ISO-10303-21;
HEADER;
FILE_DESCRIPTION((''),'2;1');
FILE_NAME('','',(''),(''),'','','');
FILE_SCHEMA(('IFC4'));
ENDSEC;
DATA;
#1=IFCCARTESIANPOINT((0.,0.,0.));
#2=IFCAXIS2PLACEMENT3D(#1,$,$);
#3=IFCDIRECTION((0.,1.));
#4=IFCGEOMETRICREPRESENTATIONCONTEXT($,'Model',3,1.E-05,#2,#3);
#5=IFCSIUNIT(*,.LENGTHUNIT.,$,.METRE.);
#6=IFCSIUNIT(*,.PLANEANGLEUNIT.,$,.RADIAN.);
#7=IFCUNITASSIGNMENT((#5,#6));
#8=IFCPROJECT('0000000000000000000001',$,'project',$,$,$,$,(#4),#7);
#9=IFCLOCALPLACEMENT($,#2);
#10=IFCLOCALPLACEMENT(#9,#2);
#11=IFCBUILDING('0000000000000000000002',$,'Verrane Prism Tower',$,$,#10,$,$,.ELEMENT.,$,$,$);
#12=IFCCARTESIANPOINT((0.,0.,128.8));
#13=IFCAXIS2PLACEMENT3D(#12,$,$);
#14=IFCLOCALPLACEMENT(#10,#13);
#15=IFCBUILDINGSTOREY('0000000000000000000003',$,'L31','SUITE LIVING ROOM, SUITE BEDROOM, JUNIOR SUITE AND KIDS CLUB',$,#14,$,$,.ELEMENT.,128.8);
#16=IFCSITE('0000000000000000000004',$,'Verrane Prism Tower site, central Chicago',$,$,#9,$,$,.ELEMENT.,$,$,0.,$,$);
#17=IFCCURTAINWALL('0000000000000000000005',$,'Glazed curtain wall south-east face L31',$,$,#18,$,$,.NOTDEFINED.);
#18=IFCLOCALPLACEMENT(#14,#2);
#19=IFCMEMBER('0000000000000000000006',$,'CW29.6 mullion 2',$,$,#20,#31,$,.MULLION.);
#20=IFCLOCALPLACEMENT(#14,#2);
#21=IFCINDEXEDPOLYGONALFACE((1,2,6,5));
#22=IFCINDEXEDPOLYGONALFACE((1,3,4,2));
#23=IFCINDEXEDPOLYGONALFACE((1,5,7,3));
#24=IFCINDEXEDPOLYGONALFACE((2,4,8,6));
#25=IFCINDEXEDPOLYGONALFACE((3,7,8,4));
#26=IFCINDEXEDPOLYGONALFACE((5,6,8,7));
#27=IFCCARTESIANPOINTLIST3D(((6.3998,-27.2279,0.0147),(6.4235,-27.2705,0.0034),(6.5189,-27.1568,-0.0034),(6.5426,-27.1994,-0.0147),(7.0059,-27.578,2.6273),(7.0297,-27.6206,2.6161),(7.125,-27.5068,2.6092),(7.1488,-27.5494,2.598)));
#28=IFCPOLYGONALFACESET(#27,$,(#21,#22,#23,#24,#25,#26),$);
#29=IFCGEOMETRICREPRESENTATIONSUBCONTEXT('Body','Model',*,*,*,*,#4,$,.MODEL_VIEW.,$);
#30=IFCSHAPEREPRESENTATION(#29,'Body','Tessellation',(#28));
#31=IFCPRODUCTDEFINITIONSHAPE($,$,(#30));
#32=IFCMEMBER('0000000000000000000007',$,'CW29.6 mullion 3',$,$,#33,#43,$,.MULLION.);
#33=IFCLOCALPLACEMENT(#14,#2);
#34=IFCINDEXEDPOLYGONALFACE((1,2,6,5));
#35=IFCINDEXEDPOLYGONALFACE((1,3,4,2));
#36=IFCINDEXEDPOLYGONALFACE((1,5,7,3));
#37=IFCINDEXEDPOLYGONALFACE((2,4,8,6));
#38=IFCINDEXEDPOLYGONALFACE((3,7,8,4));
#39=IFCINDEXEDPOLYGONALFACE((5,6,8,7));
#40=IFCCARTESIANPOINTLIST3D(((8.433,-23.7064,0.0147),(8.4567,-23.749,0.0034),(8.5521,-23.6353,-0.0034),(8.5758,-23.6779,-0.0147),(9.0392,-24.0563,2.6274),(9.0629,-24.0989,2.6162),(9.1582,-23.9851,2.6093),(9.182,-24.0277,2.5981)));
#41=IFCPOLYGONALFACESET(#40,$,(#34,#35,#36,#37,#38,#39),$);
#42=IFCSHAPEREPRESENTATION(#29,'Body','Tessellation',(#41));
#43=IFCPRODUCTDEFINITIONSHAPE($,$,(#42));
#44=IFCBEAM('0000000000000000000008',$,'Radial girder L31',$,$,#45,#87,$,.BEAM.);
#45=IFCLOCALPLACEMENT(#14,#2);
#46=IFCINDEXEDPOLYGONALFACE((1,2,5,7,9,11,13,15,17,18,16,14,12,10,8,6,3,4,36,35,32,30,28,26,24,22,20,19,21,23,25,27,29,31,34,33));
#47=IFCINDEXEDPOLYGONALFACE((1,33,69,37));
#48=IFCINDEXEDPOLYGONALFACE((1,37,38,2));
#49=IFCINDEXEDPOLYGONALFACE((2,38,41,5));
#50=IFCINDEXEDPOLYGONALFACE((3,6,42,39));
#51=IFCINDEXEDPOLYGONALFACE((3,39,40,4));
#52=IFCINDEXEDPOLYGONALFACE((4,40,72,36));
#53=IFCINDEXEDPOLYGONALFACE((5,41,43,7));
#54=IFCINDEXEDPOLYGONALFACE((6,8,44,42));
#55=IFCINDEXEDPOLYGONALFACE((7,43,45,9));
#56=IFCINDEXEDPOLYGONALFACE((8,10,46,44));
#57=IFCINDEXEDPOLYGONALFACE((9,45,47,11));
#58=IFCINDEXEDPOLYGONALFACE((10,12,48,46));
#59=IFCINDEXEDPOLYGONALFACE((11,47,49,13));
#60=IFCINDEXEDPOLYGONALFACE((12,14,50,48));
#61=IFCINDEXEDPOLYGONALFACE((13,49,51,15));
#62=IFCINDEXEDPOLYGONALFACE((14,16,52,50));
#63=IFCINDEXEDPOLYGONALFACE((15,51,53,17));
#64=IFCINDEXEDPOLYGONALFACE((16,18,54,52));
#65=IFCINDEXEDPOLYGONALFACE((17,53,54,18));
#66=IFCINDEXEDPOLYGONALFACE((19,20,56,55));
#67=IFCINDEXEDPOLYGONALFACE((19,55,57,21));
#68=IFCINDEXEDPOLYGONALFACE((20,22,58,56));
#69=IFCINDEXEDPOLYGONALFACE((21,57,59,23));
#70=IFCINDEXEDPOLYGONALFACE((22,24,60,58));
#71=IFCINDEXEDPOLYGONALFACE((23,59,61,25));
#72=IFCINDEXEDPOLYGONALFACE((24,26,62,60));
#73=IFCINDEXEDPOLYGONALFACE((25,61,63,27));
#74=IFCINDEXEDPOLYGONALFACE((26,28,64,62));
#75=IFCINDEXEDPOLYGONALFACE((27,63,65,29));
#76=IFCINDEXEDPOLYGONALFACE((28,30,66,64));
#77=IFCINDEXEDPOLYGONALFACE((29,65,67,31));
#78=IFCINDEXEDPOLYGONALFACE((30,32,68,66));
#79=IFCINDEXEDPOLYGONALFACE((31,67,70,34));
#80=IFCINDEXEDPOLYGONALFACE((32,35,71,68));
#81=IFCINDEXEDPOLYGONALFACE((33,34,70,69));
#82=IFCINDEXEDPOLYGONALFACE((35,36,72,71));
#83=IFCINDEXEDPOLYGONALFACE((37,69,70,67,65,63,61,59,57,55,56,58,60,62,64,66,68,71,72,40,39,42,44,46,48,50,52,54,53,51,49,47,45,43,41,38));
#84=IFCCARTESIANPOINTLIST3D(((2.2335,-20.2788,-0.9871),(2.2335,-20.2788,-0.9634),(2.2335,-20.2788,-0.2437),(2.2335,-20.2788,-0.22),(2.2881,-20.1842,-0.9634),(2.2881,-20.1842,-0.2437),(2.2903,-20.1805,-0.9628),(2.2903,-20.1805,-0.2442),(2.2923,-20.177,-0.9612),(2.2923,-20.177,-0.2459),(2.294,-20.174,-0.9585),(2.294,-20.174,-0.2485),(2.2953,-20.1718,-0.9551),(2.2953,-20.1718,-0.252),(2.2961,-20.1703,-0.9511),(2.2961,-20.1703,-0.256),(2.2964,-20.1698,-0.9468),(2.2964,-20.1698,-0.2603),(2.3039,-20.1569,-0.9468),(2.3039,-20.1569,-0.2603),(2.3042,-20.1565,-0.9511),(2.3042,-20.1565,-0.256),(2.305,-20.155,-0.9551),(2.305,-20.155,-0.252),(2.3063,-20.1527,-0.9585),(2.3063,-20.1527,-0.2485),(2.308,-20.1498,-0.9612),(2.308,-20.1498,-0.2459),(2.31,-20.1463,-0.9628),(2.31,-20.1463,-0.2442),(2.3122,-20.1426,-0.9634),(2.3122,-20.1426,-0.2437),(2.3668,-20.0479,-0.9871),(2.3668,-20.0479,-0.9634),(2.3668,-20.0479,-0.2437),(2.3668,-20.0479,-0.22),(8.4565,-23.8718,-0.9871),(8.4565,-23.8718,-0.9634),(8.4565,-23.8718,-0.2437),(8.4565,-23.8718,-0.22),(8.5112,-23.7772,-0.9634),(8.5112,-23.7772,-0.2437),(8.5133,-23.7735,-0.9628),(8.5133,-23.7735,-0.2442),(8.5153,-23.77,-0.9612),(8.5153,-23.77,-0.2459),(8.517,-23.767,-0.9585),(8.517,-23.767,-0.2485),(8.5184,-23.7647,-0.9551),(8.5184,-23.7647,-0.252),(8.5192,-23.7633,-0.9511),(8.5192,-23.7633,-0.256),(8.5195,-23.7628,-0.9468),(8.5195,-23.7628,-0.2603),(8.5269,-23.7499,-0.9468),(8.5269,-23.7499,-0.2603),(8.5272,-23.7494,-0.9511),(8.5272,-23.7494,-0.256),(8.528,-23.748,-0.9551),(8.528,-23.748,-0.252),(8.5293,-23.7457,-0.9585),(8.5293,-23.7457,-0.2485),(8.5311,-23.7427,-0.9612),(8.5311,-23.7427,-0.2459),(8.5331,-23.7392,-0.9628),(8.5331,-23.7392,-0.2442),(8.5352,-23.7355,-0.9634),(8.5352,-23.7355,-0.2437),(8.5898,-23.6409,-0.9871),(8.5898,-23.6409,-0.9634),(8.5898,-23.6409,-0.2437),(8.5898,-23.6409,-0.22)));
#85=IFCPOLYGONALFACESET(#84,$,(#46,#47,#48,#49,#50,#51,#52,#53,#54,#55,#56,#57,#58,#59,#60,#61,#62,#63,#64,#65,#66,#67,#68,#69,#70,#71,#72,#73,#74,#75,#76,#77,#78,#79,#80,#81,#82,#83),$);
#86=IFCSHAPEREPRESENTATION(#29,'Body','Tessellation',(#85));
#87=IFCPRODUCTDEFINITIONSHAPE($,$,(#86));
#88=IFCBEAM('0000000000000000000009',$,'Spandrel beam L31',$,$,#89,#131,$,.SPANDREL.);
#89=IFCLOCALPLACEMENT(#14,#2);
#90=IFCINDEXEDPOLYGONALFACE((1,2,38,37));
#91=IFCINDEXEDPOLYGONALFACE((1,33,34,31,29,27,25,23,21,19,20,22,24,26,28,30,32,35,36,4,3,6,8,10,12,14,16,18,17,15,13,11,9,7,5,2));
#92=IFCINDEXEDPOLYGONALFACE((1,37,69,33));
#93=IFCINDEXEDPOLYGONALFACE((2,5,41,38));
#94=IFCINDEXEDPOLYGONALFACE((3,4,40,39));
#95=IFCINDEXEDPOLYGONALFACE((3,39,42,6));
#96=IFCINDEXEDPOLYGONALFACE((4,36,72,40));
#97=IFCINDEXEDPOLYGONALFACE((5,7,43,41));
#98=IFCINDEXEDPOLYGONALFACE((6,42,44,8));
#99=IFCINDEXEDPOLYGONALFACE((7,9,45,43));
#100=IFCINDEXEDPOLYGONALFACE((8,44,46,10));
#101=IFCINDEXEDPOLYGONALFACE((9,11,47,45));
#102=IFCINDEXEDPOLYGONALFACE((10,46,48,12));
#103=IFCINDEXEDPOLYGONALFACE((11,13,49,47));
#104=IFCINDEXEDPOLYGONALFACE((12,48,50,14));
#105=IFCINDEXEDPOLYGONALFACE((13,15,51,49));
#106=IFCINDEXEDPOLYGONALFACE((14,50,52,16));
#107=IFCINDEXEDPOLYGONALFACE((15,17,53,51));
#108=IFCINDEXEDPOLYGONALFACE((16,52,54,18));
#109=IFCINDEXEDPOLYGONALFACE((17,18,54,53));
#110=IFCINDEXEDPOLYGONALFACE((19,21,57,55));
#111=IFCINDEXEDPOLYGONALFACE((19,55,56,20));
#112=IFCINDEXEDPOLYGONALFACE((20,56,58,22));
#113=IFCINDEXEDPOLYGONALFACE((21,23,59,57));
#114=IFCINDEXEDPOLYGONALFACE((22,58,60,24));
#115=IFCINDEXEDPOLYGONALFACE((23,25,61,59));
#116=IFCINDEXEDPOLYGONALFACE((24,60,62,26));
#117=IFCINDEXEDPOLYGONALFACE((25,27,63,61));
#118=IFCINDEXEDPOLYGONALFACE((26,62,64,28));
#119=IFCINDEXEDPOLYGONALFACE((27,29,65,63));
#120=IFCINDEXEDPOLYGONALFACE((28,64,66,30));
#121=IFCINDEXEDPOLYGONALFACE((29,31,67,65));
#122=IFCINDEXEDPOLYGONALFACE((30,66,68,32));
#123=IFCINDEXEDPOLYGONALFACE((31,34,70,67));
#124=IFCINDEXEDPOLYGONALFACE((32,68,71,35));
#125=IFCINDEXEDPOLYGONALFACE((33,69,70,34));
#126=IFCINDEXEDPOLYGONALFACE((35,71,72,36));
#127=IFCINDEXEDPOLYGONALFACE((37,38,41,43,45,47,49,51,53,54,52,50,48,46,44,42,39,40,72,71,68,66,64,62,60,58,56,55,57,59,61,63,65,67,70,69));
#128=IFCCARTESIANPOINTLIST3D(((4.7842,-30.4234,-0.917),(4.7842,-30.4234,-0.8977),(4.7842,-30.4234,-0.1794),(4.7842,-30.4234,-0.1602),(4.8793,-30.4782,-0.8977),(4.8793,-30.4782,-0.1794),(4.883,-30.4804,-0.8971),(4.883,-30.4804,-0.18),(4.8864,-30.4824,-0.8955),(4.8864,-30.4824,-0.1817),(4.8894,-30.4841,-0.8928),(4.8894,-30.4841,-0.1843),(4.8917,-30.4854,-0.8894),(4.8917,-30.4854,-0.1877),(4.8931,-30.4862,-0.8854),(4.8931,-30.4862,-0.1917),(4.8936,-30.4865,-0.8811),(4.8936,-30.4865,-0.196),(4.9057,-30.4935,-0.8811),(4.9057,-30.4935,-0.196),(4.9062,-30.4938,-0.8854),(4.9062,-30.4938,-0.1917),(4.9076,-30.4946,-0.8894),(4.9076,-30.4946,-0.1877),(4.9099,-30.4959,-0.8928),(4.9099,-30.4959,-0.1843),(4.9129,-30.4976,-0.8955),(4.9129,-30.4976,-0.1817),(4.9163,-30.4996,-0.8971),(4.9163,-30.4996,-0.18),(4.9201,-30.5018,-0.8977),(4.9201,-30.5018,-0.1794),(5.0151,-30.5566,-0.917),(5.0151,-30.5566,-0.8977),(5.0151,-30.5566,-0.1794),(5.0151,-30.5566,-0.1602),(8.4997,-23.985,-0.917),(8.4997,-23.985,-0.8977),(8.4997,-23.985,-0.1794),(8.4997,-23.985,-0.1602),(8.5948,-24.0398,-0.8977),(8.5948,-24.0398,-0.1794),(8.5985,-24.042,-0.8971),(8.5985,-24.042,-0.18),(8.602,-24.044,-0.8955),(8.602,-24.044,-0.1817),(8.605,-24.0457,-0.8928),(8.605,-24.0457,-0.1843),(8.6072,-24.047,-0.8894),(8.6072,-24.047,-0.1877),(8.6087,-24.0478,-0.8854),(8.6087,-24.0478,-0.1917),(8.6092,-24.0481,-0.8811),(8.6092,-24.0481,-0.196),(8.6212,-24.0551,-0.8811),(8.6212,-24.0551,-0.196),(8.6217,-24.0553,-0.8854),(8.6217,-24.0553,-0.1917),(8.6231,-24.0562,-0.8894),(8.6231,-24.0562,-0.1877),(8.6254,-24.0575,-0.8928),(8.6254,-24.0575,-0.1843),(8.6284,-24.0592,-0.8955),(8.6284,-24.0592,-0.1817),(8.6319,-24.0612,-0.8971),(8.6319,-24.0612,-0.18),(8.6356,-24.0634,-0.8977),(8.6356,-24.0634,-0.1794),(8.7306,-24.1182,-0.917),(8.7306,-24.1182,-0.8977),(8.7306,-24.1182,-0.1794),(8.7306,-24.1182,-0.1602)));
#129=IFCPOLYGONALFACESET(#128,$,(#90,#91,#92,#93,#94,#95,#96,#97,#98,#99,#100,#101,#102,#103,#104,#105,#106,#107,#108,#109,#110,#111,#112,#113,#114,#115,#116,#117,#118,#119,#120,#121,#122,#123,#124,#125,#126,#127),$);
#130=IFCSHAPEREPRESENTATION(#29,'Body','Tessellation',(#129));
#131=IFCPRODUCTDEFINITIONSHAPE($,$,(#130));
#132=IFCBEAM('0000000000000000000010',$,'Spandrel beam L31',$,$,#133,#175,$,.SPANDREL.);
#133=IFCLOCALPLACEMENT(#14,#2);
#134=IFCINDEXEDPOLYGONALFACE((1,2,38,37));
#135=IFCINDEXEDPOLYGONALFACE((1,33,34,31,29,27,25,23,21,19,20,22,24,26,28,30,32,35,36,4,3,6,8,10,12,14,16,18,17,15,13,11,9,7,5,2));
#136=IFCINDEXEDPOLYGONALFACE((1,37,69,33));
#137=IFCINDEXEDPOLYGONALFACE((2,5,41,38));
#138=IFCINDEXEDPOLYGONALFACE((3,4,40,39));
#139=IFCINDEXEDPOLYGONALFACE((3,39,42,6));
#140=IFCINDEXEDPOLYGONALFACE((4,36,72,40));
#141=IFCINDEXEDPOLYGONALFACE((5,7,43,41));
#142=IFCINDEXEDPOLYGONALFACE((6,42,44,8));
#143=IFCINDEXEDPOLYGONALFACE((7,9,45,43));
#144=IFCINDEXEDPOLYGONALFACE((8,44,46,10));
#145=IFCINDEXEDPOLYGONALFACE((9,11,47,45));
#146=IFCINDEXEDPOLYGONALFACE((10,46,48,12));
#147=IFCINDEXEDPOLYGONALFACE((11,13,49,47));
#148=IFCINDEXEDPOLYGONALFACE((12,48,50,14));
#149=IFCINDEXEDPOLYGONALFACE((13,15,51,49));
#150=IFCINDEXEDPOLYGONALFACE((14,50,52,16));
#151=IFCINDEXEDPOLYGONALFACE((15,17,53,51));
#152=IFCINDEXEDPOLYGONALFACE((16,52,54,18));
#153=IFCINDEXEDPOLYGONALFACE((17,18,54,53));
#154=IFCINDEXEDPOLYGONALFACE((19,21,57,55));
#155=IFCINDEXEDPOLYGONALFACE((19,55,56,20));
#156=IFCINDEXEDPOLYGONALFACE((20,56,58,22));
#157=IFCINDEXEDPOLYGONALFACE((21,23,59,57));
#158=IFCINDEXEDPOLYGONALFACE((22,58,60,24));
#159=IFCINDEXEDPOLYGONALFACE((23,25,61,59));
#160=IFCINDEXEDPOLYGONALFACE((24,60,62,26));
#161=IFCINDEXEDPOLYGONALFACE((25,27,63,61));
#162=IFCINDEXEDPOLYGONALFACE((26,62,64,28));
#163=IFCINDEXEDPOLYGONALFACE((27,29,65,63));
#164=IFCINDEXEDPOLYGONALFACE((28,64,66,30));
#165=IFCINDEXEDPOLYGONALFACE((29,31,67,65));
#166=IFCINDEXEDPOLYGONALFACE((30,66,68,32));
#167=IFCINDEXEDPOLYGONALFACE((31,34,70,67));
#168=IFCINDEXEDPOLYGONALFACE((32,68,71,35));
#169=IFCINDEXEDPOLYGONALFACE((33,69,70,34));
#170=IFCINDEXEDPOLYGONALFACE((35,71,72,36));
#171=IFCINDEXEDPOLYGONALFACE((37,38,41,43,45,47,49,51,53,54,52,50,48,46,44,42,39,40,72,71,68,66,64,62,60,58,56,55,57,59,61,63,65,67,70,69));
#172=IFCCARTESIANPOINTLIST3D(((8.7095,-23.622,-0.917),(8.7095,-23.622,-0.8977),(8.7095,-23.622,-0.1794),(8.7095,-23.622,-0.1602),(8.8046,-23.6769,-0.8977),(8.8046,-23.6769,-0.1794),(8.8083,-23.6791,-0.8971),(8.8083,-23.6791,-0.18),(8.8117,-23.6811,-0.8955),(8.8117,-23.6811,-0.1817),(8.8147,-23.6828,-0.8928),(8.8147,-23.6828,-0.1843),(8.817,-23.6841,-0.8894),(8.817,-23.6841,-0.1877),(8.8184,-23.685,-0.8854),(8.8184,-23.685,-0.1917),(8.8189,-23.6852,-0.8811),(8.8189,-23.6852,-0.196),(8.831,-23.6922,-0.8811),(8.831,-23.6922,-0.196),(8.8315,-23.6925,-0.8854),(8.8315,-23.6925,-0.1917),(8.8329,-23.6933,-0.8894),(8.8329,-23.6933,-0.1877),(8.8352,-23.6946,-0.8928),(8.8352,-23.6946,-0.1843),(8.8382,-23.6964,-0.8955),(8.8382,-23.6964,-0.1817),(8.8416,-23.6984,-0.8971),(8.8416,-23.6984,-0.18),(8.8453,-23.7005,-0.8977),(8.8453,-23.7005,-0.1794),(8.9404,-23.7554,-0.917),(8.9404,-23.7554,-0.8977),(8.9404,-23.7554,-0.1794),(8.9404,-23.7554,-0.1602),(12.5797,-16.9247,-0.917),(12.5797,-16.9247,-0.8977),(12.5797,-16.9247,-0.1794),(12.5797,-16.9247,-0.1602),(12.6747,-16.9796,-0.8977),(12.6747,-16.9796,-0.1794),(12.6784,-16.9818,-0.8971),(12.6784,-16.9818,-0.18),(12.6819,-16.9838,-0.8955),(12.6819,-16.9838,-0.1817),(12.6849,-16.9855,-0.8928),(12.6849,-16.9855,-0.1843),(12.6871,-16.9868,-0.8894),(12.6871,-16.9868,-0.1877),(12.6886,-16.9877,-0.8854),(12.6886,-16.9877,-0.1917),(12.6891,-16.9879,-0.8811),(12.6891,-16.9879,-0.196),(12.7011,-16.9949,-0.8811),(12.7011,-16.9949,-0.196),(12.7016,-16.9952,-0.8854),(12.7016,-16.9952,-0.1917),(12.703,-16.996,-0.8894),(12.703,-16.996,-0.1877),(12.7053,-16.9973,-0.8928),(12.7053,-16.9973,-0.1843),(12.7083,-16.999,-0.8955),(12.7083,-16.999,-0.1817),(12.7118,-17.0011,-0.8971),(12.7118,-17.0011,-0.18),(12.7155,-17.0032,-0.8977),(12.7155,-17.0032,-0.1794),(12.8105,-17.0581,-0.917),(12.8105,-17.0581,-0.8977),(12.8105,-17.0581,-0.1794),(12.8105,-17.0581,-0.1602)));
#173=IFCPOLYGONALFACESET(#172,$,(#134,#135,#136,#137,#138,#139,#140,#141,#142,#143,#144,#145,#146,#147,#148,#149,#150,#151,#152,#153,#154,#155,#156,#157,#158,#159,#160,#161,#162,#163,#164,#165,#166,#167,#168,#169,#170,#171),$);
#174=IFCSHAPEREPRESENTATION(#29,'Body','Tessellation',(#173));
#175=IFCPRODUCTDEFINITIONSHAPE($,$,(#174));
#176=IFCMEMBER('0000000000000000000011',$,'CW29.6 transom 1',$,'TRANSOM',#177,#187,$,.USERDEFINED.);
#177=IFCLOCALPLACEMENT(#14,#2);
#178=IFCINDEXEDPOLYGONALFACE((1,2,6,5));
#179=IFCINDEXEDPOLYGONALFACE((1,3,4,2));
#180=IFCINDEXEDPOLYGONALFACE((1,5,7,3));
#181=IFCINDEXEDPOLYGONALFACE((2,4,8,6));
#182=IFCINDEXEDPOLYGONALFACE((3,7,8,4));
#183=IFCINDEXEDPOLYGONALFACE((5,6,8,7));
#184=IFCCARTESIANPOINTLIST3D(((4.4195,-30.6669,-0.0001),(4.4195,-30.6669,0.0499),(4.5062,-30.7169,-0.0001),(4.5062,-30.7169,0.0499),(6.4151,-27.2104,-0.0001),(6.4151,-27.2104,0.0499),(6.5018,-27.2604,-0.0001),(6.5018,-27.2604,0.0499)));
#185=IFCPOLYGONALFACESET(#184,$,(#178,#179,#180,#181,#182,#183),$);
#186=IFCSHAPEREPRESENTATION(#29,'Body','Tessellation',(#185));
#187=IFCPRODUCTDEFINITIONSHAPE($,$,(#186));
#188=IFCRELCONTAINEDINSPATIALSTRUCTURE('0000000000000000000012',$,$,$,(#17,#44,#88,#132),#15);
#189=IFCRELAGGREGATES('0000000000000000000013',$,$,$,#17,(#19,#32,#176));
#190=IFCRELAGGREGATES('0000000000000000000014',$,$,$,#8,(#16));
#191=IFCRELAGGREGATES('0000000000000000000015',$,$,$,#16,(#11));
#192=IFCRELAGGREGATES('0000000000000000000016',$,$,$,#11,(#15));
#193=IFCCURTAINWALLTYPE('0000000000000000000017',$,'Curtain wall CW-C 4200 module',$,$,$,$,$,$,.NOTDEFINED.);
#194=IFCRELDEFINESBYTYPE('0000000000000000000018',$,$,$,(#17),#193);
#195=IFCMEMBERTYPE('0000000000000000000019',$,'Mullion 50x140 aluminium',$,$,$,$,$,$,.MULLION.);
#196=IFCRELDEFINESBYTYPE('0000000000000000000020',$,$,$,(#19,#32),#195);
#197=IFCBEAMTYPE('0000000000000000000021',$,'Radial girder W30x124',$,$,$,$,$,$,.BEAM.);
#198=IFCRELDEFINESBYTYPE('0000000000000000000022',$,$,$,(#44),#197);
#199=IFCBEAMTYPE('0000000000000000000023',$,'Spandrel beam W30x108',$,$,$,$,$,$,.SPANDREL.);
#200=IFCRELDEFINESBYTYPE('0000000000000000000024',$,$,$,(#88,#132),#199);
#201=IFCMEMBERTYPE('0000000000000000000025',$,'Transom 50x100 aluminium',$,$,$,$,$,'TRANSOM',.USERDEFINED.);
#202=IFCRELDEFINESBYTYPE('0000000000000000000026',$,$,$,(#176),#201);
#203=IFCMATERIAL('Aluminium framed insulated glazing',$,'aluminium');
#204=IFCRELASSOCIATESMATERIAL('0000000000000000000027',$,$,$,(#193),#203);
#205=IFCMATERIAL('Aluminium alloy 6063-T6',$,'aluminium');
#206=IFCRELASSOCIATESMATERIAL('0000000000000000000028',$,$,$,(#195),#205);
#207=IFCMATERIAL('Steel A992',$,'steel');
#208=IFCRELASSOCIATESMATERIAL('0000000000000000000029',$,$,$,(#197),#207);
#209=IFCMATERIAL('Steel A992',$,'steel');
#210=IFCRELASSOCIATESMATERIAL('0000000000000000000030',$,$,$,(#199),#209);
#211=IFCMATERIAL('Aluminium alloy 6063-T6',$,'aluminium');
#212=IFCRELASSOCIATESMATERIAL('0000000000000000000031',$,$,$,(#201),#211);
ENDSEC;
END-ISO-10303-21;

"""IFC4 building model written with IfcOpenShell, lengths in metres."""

from ifc_helpers import new_model, si_unit, direction, frame, origin, origin_2d, place, context, subcontext, project, spatial, rectangle, i_section, extrude, material, material_profile, profile_set, type_object, element, aggregate, save


model = new_model("IFC4")

# Units and contexts
model_context = context("Model", 3, precision=1e-05, world=origin(), true_north=direction((0.0, 1.0)))
body_context = subcontext(model_context, "Body", "Model", "MODEL_VIEW")
ifc_project = project(units=[si_unit("LENGTHUNIT", "METRE"), si_unit("PLANEANGLEUNIT", "RADIAN")], contexts=[model_context])

# Site, building, storey
site_placement = place(None, origin())
site = spatial("IfcSite", under=ifc_project, at=site_placement, Name="Verrane Prism Tower site, central Chicago", CompositionType="ELEMENT", RefElevation=0.0)
building_placement = place(site_placement, origin())
building = spatial("IfcBuilding", under=site, at=building_placement, Name="Verrane Prism Tower", CompositionType="ELEMENT")
storey_placement = place(building_placement, frame((0.0, 0.0, 128.8)))
storey = spatial("IfcBuildingStorey", under=building, at=storey_placement, Name="L31", Description="SUITE LIVING ROOM, SUITE BEDROOM, JUNIOR SUITE AND KIDS CLUB", CompositionType="ELEMENT", Elevation=128.8)

# Curtain wall, members
ifc_material_1 = material(Name="Aluminium framed insulated glazing", Category="aluminium")
curtain_wall_type = type_object("IfcCurtainWallType", Name="Curtain wall CW-C 4200 module", PredefinedType="NOTDEFINED", material=ifc_material_1)
curtain_wall_placement = place(storey_placement, origin())
curtain_wall = element("IfcCurtainWall", 1, at=curtain_wall_placement, inside=storey, type_object=curtain_wall_type, Name="Glazed curtain wall south-east face L31", PredefinedType="NOTDEFINED")
ifc_material_2 = material(Name="Aluminium alloy 6063-T6", Category="aluminium")
ifc_material_profile_1 = material_profile(ifc_material_2, rectangle(XDim=0.1399, YDim=0.05, at=origin_2d()), Name="Mullion 50x140 aluminium")
ifc_profile_set_1 = profile_set([ifc_material_profile_1], Name="Aluminium alloy 6063-T6")
member_type_1 = type_object("IfcMemberType", Name="Mullion 50x140 aluminium", PredefinedType="MULLION", material=ifc_profile_set_1)
member_1_placement = place(storey_placement, frame((6.4712, -27.2136, 0.0), z_axis=(0.224108, -0.129429, 0.965931), x_axis=(-0.851341, -0.508404, 0.129399)))
member_1 = element("IfcMember", 2, at=member_1_placement, type_object=member_type_1, Name="CW29.6 mullion 2", PredefinedType="MULLION", context=body_context, shape_type="SweptSolid", body=[
    extrude(rectangle(XDim=0.1399, YDim=0.05, at=origin_2d()), origin(), (0.0, 0.0, 1.0), 2.7048),
])
member_2_placement = place(storey_placement, frame((8.5044, -23.6921, 0.0), z_axis=(0.224111, -0.12934, 0.965943), x_axis=(-0.851192, -0.508658, 0.129378)))
member_2 = element("IfcMember", 3, at=member_2_placement, type_object=member_type_1, Name="CW29.6 mullion 3", PredefinedType="MULLION", context=body_context, shape_type="SweptSolid", body=[
    extrude(rectangle(XDim=0.1399, YDim=0.05, at=origin_2d()), origin(), (0.0, 0.0, 1.0), 2.7048),
])

# Beams
ifc_material_3 = material(Name="Steel A992", Category="steel")
ifc_material_profile_2 = material_profile(ifc_material_3, i_section(OverallWidth=0.2666, OverallDepth=0.7671, WebThickness=0.0149, FlangeThickness=0.0237, FilletRadius=0.0166, at=origin_2d()), Name="W30x124")
ifc_profile_set_2 = profile_set([ifc_material_profile_2], Name="Steel A992")
beam_type_1 = type_object("IfcBeamType", Name="Radial girder W30x124", PredefinedType="BEAM", material=ifc_profile_set_2)
beam_1_placement = place(storey_placement, frame((8.5232, -23.7563, -0.6035), z_axis=(-0.86602, 0.500009, 0.0), x_axis=(-0.500009, -0.86602, 0.0)))
element("IfcBeam", 4, at=beam_1_placement, inside=storey, type_object=beam_type_1, Name="Radial girder L31", PredefinedType="BEAM", context=body_context, shape_type="SweptSolid", body=[
    extrude(i_section(OverallWidth=0.2666, OverallDepth=0.7671, WebThickness=0.0149, FlangeThickness=0.0237, FilletRadius=0.0166, at=origin_2d()), origin(), (0.0, 0.0, 1.0), 7.1858),
])
ifc_material_4 = material(Name="Steel A992", Category="steel")
ifc_material_profile_3 = material_profile(ifc_material_4, i_section(OverallWidth=0.2666, OverallDepth=0.7568, WebThickness=0.0139, FlangeThickness=0.0193, FilletRadius=0.0166, at=origin_2d()), Name="W30x108")
ifc_profile_set_3 = profile_set([ifc_material_profile_3], Name="Steel A992")
beam_type_2 = type_object("IfcBeamType", Name="Spandrel beam W30x108", PredefinedType="SPANDREL", material=ifc_profile_set_3)
beam_2_placement = place(storey_placement, frame((4.8997, -30.49, -0.5386), z_axis=(0.49983, 0.866123, 0.0), x_axis=(-0.866123, 0.49983, 0.0)))
element("IfcBeam", 5, at=beam_2_placement, inside=storey, type_object=beam_type_2, Name="Spandrel beam L31", PredefinedType="SPANDREL", context=body_context, shape_type="SweptSolid", body=[
    extrude(i_section(OverallWidth=0.2666, OverallDepth=0.7568, WebThickness=0.0139, FlangeThickness=0.0193, FilletRadius=0.0166, at=origin_2d()), origin(), (0.0, 0.0, 1.0), 7.4336),
])
beam_3_placement = place(storey_placement, frame((8.825, -23.6887, -0.5386), z_axis=(0.500334, 0.865832, 0.0), x_axis=(-0.865832, 0.500334, 0.0)))
element("IfcBeam", 6, at=beam_3_placement, inside=storey, type_object=beam_type_2, Name="Spandrel beam L31", PredefinedType="SPANDREL", context=body_context, shape_type="SweptSolid", body=[
    extrude(i_section(OverallWidth=0.2666, OverallDepth=0.7568, WebThickness=0.0139, FlangeThickness=0.0193, FilletRadius=0.0166, at=origin_2d()), origin(), (0.0, 0.0, 1.0), 7.7351),
])

# Member
ifc_material_5 = material(Name="Aluminium alloy 6063-T6", Category="aluminium")
ifc_material_profile_4 = material_profile(ifc_material_5, rectangle(XDim=0.1001, YDim=0.05, at=origin_2d()), Name="Transom 50x100 aluminium")
ifc_profile_set_4 = profile_set([ifc_material_profile_4], Name="Aluminium alloy 6063-T6")
member_type_2 = type_object("IfcMemberType", Name="Transom 50x100 aluminium", ElementType="TRANSOM", PredefinedType="USERDEFINED", material=ifc_profile_set_4)
member_3_placement = place(storey_placement, frame((4.4629, -30.6919, 0.0249), z_axis=(0.499994, 0.866029, 0.0), x_axis=(-0.866029, 0.499994, 0.0)))
member_3 = element("IfcMember", 7, at=member_3_placement, type_object=member_type_2, Name="CW29.6 transom 1", ObjectType="TRANSOM", PredefinedType="USERDEFINED", context=body_context, shape_type="SweptSolid", body=[
    extrude(rectangle(XDim=0.1001, YDim=0.05, at=origin_2d()), origin(), (0.0, 0.0, 1.0), 3.9912),
])

aggregate(curtain_wall, [member_1, member_2, member_3])

save(model, "model.ifc")
